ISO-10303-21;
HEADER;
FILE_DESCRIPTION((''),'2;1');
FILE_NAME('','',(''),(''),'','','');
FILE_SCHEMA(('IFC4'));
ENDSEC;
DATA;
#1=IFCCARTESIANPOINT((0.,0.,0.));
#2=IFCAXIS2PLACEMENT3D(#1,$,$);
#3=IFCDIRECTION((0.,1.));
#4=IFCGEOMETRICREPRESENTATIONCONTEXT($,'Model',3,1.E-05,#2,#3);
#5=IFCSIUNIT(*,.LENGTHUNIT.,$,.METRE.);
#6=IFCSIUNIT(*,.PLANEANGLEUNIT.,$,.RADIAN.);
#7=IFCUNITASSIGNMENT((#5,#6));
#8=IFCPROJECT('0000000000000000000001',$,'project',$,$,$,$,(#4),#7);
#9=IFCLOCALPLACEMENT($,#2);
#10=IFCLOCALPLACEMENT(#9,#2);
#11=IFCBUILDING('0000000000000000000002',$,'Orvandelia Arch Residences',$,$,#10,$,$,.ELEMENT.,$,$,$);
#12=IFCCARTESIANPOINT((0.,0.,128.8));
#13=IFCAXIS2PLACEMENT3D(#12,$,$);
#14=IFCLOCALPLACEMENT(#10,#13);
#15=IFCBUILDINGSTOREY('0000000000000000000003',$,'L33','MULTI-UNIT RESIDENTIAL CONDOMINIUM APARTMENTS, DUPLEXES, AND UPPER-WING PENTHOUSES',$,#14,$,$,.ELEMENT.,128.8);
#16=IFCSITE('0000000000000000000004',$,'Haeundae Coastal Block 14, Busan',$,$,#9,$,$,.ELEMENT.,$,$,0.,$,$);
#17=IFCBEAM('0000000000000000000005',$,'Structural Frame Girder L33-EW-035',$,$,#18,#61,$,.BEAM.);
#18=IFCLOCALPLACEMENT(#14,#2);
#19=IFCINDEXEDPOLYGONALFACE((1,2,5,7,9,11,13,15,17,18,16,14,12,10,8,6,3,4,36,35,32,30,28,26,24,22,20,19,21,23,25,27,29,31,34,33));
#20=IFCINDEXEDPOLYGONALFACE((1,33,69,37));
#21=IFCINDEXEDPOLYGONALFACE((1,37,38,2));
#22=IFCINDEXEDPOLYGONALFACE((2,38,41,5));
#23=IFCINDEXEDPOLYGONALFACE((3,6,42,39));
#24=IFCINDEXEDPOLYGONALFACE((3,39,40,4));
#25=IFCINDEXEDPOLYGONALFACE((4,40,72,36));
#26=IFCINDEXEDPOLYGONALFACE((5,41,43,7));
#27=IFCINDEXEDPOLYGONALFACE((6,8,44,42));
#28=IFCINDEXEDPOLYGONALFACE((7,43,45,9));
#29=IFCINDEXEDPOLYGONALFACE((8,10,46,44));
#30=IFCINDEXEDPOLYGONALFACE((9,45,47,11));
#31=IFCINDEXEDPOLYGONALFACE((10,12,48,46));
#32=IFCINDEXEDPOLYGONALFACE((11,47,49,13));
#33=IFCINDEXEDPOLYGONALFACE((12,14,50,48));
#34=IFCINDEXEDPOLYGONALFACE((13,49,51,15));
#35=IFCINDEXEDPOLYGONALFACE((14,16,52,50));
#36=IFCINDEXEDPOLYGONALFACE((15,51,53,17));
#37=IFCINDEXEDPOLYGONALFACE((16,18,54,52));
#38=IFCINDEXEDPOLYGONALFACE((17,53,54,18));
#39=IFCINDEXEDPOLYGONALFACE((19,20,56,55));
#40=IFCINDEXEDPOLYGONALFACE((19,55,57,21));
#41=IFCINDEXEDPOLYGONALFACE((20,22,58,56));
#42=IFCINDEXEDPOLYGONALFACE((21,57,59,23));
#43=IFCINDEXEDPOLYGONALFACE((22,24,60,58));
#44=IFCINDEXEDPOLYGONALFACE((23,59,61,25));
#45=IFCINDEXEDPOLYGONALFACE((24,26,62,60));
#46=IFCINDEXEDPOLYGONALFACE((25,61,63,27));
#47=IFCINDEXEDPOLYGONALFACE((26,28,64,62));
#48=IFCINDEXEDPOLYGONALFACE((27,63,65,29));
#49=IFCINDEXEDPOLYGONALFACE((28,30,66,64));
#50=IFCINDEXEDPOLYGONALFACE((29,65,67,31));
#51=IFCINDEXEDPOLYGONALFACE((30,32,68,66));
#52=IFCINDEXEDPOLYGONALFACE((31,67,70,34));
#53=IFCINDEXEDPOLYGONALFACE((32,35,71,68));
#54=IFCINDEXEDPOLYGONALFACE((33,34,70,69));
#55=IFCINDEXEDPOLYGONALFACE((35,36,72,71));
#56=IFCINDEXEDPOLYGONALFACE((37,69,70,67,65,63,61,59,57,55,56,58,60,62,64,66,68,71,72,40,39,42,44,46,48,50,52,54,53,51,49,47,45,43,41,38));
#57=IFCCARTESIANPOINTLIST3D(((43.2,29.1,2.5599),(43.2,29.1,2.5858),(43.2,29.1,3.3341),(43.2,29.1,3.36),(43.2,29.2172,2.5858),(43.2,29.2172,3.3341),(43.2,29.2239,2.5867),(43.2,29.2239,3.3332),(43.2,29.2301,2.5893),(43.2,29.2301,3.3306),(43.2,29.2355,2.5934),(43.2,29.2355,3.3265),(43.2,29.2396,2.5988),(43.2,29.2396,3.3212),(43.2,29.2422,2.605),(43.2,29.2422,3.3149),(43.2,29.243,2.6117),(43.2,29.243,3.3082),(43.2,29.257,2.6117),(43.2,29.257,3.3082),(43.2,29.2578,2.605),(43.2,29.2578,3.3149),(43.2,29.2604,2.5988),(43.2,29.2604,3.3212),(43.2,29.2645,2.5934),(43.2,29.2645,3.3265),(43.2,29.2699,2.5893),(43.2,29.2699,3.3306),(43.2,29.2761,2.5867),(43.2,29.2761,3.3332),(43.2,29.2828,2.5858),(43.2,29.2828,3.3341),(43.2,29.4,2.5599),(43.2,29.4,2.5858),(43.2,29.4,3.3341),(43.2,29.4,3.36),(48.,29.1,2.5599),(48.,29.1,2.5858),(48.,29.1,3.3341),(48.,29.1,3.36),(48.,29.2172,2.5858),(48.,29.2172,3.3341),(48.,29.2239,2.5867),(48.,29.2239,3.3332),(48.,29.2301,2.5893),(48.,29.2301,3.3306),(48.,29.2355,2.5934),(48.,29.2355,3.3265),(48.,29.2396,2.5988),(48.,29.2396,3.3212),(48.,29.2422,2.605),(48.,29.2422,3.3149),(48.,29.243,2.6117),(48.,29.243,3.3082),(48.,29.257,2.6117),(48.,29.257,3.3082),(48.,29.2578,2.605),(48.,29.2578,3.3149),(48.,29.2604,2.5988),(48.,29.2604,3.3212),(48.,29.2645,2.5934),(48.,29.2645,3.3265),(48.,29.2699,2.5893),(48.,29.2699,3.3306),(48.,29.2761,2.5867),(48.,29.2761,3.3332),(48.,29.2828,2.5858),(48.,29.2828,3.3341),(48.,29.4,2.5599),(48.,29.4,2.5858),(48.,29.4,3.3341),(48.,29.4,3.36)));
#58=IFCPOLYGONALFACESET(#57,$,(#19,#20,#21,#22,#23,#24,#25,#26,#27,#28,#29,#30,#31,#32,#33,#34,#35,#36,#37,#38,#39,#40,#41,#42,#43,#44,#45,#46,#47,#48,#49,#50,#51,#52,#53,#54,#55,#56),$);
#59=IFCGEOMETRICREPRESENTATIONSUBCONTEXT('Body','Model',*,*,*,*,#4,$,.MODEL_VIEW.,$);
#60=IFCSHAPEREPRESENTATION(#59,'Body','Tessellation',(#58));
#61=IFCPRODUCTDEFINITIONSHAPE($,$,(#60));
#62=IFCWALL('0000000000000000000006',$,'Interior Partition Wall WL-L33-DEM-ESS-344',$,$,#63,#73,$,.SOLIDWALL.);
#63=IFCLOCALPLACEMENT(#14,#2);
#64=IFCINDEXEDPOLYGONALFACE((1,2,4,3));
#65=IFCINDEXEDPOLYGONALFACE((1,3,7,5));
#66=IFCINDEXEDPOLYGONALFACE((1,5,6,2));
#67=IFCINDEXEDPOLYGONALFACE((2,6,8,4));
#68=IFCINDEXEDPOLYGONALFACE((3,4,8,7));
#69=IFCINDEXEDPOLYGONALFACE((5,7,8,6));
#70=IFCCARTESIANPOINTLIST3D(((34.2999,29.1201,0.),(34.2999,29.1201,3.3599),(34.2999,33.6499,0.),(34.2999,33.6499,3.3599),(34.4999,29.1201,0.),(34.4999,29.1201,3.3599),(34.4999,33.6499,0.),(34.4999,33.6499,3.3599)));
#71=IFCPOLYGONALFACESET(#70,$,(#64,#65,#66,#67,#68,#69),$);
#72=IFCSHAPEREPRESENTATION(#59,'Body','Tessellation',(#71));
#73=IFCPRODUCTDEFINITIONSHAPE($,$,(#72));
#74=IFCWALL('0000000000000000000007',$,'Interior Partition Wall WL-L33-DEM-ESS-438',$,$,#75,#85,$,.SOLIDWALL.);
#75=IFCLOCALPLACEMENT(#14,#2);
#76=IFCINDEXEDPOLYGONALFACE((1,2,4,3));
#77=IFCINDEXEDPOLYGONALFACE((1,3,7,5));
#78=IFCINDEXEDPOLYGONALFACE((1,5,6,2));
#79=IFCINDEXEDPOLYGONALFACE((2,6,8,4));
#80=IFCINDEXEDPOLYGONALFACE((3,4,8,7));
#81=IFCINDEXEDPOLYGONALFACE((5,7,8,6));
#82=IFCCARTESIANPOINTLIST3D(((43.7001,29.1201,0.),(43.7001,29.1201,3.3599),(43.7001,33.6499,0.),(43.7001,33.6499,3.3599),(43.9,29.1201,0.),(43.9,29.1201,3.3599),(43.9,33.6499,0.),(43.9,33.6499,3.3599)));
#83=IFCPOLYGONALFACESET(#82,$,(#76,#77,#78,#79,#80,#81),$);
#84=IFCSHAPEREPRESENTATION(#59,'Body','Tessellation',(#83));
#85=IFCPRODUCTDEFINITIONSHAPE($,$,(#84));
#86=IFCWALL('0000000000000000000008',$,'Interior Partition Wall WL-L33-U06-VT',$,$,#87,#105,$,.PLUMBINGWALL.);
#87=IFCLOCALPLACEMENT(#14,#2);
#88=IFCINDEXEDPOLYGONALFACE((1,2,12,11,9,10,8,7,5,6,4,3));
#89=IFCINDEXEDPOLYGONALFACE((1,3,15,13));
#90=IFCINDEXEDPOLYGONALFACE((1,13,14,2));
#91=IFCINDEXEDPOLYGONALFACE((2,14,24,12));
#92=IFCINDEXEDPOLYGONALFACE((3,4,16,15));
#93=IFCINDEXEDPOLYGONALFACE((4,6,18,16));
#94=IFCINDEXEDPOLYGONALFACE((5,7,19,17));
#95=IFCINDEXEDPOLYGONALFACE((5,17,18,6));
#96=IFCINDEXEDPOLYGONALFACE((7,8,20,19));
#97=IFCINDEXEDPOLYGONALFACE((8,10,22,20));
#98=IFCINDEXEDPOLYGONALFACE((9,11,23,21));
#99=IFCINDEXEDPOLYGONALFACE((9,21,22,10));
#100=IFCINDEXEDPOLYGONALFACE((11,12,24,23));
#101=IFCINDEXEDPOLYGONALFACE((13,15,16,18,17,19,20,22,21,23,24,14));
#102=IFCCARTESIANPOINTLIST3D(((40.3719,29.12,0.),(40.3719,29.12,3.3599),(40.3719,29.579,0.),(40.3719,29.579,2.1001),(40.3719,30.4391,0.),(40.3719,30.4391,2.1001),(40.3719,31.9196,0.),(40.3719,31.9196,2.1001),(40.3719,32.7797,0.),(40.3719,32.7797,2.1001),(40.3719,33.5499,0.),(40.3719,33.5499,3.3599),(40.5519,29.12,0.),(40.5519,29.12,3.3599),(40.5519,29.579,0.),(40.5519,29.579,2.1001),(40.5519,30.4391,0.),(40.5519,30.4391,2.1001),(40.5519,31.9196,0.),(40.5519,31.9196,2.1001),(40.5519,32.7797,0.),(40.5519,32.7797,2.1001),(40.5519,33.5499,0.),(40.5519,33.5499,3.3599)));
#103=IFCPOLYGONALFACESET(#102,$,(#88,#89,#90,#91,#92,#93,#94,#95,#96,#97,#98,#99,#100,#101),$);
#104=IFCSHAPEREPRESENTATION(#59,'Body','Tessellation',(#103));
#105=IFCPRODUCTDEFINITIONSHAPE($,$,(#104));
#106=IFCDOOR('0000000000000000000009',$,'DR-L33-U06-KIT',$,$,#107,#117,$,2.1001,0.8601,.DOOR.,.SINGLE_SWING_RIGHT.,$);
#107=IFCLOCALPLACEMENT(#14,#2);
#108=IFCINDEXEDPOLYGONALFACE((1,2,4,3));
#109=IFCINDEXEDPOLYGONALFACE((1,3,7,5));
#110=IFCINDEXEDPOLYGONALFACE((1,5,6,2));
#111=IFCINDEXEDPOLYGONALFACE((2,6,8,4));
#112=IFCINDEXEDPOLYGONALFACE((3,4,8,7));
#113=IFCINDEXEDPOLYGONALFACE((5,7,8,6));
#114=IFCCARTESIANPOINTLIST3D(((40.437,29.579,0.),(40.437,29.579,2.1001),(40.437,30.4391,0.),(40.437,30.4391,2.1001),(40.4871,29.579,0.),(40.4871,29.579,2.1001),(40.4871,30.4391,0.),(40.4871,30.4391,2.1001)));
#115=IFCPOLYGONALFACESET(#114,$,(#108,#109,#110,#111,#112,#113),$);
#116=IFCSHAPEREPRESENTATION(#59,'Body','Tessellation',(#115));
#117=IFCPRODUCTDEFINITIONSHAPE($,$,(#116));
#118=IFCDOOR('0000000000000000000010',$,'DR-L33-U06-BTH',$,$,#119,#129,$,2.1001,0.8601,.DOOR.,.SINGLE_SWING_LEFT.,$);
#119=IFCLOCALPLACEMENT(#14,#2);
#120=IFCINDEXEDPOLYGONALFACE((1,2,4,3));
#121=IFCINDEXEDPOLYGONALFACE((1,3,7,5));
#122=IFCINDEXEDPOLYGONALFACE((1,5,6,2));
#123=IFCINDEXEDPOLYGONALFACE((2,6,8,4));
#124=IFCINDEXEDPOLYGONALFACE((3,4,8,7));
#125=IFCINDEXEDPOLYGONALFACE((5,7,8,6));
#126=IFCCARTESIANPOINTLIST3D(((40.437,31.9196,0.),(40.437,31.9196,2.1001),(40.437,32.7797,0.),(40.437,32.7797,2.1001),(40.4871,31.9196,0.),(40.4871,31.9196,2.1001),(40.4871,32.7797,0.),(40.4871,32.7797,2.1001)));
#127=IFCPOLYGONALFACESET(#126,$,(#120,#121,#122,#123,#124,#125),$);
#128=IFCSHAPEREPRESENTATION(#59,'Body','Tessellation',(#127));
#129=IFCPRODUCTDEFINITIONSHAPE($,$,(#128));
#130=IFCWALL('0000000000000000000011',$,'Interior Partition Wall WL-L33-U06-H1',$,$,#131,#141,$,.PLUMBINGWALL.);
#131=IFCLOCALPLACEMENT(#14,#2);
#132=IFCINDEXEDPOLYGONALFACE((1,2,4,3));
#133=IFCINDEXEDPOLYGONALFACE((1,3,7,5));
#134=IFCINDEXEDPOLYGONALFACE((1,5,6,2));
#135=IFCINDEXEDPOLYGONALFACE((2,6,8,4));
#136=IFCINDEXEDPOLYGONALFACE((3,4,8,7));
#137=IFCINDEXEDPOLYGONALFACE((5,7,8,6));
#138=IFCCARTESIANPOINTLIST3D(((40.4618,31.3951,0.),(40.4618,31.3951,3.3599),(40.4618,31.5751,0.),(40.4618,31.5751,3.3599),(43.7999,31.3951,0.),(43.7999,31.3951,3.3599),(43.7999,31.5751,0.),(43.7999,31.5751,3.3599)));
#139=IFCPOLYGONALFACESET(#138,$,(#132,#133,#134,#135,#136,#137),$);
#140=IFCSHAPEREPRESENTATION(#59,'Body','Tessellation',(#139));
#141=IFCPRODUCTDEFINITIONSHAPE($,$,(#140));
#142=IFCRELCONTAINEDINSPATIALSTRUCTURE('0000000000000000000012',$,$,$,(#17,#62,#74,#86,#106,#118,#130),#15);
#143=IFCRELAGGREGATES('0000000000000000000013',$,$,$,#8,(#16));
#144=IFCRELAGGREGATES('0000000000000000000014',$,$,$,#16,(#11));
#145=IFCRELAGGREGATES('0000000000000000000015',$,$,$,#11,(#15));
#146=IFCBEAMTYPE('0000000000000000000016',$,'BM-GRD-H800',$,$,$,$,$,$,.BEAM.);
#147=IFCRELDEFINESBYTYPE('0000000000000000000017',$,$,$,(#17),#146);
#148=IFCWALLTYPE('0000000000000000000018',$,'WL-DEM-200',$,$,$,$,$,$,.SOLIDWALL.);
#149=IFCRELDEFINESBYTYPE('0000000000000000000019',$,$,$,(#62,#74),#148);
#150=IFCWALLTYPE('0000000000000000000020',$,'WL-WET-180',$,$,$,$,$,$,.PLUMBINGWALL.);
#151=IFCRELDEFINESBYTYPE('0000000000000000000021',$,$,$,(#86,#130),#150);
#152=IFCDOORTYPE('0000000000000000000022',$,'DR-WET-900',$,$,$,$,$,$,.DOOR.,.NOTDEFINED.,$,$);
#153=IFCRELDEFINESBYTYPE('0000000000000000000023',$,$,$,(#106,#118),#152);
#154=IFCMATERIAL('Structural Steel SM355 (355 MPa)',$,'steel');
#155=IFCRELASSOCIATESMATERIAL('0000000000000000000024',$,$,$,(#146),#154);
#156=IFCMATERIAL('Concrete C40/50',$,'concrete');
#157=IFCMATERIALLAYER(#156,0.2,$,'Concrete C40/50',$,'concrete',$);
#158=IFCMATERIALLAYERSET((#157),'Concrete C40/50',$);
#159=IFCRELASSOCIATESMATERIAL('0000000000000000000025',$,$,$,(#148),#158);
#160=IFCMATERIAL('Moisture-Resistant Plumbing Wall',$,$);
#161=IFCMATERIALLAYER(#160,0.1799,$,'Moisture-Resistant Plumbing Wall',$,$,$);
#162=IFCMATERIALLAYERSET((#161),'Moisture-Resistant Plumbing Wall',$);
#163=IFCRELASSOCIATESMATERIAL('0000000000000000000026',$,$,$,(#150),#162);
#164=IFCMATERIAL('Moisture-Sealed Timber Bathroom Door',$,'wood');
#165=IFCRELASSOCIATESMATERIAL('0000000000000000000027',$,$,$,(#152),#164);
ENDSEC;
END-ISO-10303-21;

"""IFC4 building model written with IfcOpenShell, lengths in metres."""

from ifc_helpers import new_model, si_unit, direction, frame, frame_2d, origin, origin_2d, place, context, subcontext, project, spatial, rectangle, i_section, extrude, material, layer, layer_set, material_profile, profile_set, type_object, element, fill, save


model = new_model("IFC4")

# Units and contexts
model_context = context("Model", 3, precision=1e-05, world=origin(), true_north=direction((0.0, 1.0)))
body_context = subcontext(model_context, "Body", "Model", "MODEL_VIEW")
ifc_project = project(units=[si_unit("LENGTHUNIT", "METRE"), si_unit("PLANEANGLEUNIT", "RADIAN")], contexts=[model_context])

# Site, building, storey
site_placement = place(None, origin())
site = spatial("IfcSite", under=ifc_project, at=site_placement, Name="Haeundae Coastal Block 14, Busan", CompositionType="ELEMENT", RefElevation=0.0)
building_placement = place(site_placement, origin())
building = spatial("IfcBuilding", under=site, at=building_placement, Name="Orvandelia Arch Residences", CompositionType="ELEMENT")
storey_placement = place(building_placement, frame((0.0, 0.0, 128.8)))
storey = spatial("IfcBuildingStorey", under=building, at=storey_placement, Name="L33", Description="MULTI-UNIT RESIDENTIAL CONDOMINIUM APARTMENTS, DUPLEXES, AND UPPER-WING PENTHOUSES", CompositionType="ELEMENT", Elevation=128.8)

# Beam
ifc_material_1 = material(Name="Structural Steel SM355 (355 MPa)", Category="steel")
ifc_material_profile_1 = material_profile(ifc_material_1, i_section(OverallWidth=0.3, OverallDepth=0.8, WebThickness=0.0139, FlangeThickness=0.0259, FilletRadius=0.0259, at=origin_2d()), Name="Structural Steel SM355 (355 MPa)", Category="steel")
ifc_profile_set_1 = profile_set([ifc_material_profile_1], Name="Structural Steel SM355 (355 MPa)")
beam_type = type_object("IfcBeamType", Name="BM-GRD-H800", PredefinedType="BEAM", material=ifc_profile_set_1)
for number, where, z_axis, x_axis, name in (
    (1, (43.2, 29.25, 2.96), (1.0, 0.0, 0.0), (0.0, 1.0, 0.0), "Structural Frame Girder L33-EW-035"),
):
    element("IfcBeam", number, at=place(storey_placement, frame(where, z_axis=z_axis, x_axis=x_axis)), inside=storey, type_object=beam_type, Name=name, PredefinedType="BEAM", context=body_context, shape_type="SweptSolid", body=[
        extrude(i_section(OverallWidth=0.3, OverallDepth=0.8, WebThickness=0.0139, FlangeThickness=0.0259, FilletRadius=0.0259, at=origin_2d()), origin(), (0.0, 0.0, 1.0), 4.8),
    ])

# Walls
ifc_material_2 = material(Name="Concrete C40/50", Category="concrete")
ifc_layer_1 = layer(ifc_material_2, 0.2, Name="Concrete C40/50", Category="concrete")
ifc_layer_set_1 = layer_set([ifc_layer_1], Name="Concrete C40/50")
wall_type_1 = type_object("IfcWallType", Name="WL-DEM-200", PredefinedType="SOLIDWALL", material=ifc_layer_set_1)
for number, where, z_axis, x_axis, name in (
    (2, (34.3999, 29.1201, 0.0), (0.0, 0.0, 1.0), (0.0, 1.0, 0.0), "Interior Partition Wall WL-L33-DEM-ESS-344"),
    (3, (43.8, 29.1201, 0.0), (0.0, 0.0, 1.0), (0.0, 1.0, 0.0), "Interior Partition Wall WL-L33-DEM-ESS-438"),
):
    element("IfcWall", number, at=place(storey_placement, frame(where, z_axis=z_axis, x_axis=x_axis)), inside=storey, type_object=wall_type_1, Name=name, PredefinedType="SOLIDWALL", context=body_context, shape_type="SweptSolid", body=[
        extrude(rectangle(XDim=4.5298, YDim=0.2, at=frame_2d((2.2649, 0.0))), origin(), (0.0, 0.0, 1.0), 3.3599),
    ])

# Wall, openings, doors
ifc_material_3 = material(Name="Moisture-Resistant Plumbing Wall")
ifc_layer_2 = layer(ifc_material_3, 0.1799, Name="Moisture-Resistant Plumbing Wall")
ifc_layer_set_2 = layer_set([ifc_layer_2], Name="Moisture-Resistant Plumbing Wall")
wall_type_2 = type_object("IfcWallType", Name="WL-WET-180", PredefinedType="PLUMBINGWALL", material=ifc_layer_set_2)
wall_1_placement = place(storey_placement, frame((40.4619, 29.1201, 0.0), z_axis=(0.0, 0.0, 1.0), x_axis=(0.0, 1.0, 0.0)))
wall_1 = element("IfcWall", 4, at=wall_1_placement, inside=storey, type_object=wall_type_2, Name="Interior Partition Wall WL-L33-U06-VT", PredefinedType="PLUMBINGWALL", context=body_context, shape_type="SweptSolid", body=[
    extrude(rectangle(XDim=4.4299, YDim=0.1799, at=frame_2d((2.2148, 0.0))), origin(), (0.0, 0.0, 1.0), 3.3599),
])
opening_1_placement = place(wall_1_placement, frame((0.4587, 0.0, 0.0)))
opening_1 = element("IfcOpeningElement", 5, at=opening_1_placement, cuts=wall_1, PredefinedType="OPENING", context=body_context, shape_type="SweptSolid", body=[
    extrude(rectangle(XDim=0.8601, YDim=2.1001, at=frame_2d((0.4302, 1.05))), frame((0.0, 0.1001, 0.0), z_axis=(0.0, -1.0, 0.0), x_axis=(1.0, 0.0, 0.0)), (0.0, 0.0, 1.0), 0.2),
])
opening_2_placement = place(wall_1_placement, frame((2.7993, 0.0, 0.0)))
opening_2 = element("IfcOpeningElement", 6, at=opening_2_placement, cuts=wall_1, PredefinedType="OPENING", context=body_context, shape_type="SweptSolid", body=[
    extrude(rectangle(XDim=0.8601, YDim=2.1001, at=frame_2d((0.4302, 1.05))), frame((0.0, 0.1001, 0.0), z_axis=(0.0, -1.0, 0.0), x_axis=(1.0, 0.0, 0.0)), (0.0, 0.0, 1.0), 0.2),
])
ifc_material_4 = material(Name="Moisture-Sealed Timber Bathroom Door", Category="wood")
door_type = type_object("IfcDoorType", Name="DR-WET-900", OperationType="NOTDEFINED", PredefinedType="DOOR", material=ifc_material_4)
door_1_placement = place(opening_1_placement, origin())
door_1 = element("IfcDoor", 7, at=door_1_placement, inside=storey, type_object=door_type, Name="DR-L33-U06-KIT", OperationType="SINGLE_SWING_RIGHT", OverallHeight=2.1001, OverallWidth=0.8601, PredefinedType="DOOR", context=body_context, shape_type="SweptSolid", body=[
    extrude(rectangle(XDim=0.8601, YDim=2.1001, at=frame_2d((0.4302, 1.05))), frame((0.0, 0.0249, 0.0), z_axis=(0.0, -1.0, 0.0), x_axis=(1.0, 0.0, 0.0)), (0.0, 0.0, 1.0), 0.05),
])
fill(opening_1, door_1)
door_2_placement = place(opening_2_placement, origin())
door_2 = element("IfcDoor", 8, at=door_2_placement, inside=storey, type_object=door_type, Name="DR-L33-U06-BTH", OperationType="SINGLE_SWING_LEFT", OverallHeight=2.1001, OverallWidth=0.8601, PredefinedType="DOOR", context=body_context, shape_type="SweptSolid", body=[
    extrude(rectangle(XDim=0.8601, YDim=2.1001, at=frame_2d((0.4302, 1.05))), frame((0.0, 0.0249, 0.0), z_axis=(0.0, -1.0, 0.0), x_axis=(1.0, 0.0, 0.0)), (0.0, 0.0, 1.0), 0.05),
])
fill(opening_2, door_2)

# Wall
wall_2_placement = place(storey_placement, frame((40.4619, 31.4851, 0.0), z_axis=(0.0, 0.0, 1.0), x_axis=(1.0, 0.0, 0.0)))
element("IfcWall", 9, at=wall_2_placement, inside=storey, type_object=wall_type_2, Name="Interior Partition Wall WL-L33-U06-H1", PredefinedType="PLUMBINGWALL", context=body_context, shape_type="SweptSolid", body=[
    extrude(rectangle(XDim=3.3381, YDim=0.1799, at=frame_2d((1.6689, 0.0))), origin(), (0.0, 0.0, 1.0), 3.3599),
])

save(model, "model.ifc")
